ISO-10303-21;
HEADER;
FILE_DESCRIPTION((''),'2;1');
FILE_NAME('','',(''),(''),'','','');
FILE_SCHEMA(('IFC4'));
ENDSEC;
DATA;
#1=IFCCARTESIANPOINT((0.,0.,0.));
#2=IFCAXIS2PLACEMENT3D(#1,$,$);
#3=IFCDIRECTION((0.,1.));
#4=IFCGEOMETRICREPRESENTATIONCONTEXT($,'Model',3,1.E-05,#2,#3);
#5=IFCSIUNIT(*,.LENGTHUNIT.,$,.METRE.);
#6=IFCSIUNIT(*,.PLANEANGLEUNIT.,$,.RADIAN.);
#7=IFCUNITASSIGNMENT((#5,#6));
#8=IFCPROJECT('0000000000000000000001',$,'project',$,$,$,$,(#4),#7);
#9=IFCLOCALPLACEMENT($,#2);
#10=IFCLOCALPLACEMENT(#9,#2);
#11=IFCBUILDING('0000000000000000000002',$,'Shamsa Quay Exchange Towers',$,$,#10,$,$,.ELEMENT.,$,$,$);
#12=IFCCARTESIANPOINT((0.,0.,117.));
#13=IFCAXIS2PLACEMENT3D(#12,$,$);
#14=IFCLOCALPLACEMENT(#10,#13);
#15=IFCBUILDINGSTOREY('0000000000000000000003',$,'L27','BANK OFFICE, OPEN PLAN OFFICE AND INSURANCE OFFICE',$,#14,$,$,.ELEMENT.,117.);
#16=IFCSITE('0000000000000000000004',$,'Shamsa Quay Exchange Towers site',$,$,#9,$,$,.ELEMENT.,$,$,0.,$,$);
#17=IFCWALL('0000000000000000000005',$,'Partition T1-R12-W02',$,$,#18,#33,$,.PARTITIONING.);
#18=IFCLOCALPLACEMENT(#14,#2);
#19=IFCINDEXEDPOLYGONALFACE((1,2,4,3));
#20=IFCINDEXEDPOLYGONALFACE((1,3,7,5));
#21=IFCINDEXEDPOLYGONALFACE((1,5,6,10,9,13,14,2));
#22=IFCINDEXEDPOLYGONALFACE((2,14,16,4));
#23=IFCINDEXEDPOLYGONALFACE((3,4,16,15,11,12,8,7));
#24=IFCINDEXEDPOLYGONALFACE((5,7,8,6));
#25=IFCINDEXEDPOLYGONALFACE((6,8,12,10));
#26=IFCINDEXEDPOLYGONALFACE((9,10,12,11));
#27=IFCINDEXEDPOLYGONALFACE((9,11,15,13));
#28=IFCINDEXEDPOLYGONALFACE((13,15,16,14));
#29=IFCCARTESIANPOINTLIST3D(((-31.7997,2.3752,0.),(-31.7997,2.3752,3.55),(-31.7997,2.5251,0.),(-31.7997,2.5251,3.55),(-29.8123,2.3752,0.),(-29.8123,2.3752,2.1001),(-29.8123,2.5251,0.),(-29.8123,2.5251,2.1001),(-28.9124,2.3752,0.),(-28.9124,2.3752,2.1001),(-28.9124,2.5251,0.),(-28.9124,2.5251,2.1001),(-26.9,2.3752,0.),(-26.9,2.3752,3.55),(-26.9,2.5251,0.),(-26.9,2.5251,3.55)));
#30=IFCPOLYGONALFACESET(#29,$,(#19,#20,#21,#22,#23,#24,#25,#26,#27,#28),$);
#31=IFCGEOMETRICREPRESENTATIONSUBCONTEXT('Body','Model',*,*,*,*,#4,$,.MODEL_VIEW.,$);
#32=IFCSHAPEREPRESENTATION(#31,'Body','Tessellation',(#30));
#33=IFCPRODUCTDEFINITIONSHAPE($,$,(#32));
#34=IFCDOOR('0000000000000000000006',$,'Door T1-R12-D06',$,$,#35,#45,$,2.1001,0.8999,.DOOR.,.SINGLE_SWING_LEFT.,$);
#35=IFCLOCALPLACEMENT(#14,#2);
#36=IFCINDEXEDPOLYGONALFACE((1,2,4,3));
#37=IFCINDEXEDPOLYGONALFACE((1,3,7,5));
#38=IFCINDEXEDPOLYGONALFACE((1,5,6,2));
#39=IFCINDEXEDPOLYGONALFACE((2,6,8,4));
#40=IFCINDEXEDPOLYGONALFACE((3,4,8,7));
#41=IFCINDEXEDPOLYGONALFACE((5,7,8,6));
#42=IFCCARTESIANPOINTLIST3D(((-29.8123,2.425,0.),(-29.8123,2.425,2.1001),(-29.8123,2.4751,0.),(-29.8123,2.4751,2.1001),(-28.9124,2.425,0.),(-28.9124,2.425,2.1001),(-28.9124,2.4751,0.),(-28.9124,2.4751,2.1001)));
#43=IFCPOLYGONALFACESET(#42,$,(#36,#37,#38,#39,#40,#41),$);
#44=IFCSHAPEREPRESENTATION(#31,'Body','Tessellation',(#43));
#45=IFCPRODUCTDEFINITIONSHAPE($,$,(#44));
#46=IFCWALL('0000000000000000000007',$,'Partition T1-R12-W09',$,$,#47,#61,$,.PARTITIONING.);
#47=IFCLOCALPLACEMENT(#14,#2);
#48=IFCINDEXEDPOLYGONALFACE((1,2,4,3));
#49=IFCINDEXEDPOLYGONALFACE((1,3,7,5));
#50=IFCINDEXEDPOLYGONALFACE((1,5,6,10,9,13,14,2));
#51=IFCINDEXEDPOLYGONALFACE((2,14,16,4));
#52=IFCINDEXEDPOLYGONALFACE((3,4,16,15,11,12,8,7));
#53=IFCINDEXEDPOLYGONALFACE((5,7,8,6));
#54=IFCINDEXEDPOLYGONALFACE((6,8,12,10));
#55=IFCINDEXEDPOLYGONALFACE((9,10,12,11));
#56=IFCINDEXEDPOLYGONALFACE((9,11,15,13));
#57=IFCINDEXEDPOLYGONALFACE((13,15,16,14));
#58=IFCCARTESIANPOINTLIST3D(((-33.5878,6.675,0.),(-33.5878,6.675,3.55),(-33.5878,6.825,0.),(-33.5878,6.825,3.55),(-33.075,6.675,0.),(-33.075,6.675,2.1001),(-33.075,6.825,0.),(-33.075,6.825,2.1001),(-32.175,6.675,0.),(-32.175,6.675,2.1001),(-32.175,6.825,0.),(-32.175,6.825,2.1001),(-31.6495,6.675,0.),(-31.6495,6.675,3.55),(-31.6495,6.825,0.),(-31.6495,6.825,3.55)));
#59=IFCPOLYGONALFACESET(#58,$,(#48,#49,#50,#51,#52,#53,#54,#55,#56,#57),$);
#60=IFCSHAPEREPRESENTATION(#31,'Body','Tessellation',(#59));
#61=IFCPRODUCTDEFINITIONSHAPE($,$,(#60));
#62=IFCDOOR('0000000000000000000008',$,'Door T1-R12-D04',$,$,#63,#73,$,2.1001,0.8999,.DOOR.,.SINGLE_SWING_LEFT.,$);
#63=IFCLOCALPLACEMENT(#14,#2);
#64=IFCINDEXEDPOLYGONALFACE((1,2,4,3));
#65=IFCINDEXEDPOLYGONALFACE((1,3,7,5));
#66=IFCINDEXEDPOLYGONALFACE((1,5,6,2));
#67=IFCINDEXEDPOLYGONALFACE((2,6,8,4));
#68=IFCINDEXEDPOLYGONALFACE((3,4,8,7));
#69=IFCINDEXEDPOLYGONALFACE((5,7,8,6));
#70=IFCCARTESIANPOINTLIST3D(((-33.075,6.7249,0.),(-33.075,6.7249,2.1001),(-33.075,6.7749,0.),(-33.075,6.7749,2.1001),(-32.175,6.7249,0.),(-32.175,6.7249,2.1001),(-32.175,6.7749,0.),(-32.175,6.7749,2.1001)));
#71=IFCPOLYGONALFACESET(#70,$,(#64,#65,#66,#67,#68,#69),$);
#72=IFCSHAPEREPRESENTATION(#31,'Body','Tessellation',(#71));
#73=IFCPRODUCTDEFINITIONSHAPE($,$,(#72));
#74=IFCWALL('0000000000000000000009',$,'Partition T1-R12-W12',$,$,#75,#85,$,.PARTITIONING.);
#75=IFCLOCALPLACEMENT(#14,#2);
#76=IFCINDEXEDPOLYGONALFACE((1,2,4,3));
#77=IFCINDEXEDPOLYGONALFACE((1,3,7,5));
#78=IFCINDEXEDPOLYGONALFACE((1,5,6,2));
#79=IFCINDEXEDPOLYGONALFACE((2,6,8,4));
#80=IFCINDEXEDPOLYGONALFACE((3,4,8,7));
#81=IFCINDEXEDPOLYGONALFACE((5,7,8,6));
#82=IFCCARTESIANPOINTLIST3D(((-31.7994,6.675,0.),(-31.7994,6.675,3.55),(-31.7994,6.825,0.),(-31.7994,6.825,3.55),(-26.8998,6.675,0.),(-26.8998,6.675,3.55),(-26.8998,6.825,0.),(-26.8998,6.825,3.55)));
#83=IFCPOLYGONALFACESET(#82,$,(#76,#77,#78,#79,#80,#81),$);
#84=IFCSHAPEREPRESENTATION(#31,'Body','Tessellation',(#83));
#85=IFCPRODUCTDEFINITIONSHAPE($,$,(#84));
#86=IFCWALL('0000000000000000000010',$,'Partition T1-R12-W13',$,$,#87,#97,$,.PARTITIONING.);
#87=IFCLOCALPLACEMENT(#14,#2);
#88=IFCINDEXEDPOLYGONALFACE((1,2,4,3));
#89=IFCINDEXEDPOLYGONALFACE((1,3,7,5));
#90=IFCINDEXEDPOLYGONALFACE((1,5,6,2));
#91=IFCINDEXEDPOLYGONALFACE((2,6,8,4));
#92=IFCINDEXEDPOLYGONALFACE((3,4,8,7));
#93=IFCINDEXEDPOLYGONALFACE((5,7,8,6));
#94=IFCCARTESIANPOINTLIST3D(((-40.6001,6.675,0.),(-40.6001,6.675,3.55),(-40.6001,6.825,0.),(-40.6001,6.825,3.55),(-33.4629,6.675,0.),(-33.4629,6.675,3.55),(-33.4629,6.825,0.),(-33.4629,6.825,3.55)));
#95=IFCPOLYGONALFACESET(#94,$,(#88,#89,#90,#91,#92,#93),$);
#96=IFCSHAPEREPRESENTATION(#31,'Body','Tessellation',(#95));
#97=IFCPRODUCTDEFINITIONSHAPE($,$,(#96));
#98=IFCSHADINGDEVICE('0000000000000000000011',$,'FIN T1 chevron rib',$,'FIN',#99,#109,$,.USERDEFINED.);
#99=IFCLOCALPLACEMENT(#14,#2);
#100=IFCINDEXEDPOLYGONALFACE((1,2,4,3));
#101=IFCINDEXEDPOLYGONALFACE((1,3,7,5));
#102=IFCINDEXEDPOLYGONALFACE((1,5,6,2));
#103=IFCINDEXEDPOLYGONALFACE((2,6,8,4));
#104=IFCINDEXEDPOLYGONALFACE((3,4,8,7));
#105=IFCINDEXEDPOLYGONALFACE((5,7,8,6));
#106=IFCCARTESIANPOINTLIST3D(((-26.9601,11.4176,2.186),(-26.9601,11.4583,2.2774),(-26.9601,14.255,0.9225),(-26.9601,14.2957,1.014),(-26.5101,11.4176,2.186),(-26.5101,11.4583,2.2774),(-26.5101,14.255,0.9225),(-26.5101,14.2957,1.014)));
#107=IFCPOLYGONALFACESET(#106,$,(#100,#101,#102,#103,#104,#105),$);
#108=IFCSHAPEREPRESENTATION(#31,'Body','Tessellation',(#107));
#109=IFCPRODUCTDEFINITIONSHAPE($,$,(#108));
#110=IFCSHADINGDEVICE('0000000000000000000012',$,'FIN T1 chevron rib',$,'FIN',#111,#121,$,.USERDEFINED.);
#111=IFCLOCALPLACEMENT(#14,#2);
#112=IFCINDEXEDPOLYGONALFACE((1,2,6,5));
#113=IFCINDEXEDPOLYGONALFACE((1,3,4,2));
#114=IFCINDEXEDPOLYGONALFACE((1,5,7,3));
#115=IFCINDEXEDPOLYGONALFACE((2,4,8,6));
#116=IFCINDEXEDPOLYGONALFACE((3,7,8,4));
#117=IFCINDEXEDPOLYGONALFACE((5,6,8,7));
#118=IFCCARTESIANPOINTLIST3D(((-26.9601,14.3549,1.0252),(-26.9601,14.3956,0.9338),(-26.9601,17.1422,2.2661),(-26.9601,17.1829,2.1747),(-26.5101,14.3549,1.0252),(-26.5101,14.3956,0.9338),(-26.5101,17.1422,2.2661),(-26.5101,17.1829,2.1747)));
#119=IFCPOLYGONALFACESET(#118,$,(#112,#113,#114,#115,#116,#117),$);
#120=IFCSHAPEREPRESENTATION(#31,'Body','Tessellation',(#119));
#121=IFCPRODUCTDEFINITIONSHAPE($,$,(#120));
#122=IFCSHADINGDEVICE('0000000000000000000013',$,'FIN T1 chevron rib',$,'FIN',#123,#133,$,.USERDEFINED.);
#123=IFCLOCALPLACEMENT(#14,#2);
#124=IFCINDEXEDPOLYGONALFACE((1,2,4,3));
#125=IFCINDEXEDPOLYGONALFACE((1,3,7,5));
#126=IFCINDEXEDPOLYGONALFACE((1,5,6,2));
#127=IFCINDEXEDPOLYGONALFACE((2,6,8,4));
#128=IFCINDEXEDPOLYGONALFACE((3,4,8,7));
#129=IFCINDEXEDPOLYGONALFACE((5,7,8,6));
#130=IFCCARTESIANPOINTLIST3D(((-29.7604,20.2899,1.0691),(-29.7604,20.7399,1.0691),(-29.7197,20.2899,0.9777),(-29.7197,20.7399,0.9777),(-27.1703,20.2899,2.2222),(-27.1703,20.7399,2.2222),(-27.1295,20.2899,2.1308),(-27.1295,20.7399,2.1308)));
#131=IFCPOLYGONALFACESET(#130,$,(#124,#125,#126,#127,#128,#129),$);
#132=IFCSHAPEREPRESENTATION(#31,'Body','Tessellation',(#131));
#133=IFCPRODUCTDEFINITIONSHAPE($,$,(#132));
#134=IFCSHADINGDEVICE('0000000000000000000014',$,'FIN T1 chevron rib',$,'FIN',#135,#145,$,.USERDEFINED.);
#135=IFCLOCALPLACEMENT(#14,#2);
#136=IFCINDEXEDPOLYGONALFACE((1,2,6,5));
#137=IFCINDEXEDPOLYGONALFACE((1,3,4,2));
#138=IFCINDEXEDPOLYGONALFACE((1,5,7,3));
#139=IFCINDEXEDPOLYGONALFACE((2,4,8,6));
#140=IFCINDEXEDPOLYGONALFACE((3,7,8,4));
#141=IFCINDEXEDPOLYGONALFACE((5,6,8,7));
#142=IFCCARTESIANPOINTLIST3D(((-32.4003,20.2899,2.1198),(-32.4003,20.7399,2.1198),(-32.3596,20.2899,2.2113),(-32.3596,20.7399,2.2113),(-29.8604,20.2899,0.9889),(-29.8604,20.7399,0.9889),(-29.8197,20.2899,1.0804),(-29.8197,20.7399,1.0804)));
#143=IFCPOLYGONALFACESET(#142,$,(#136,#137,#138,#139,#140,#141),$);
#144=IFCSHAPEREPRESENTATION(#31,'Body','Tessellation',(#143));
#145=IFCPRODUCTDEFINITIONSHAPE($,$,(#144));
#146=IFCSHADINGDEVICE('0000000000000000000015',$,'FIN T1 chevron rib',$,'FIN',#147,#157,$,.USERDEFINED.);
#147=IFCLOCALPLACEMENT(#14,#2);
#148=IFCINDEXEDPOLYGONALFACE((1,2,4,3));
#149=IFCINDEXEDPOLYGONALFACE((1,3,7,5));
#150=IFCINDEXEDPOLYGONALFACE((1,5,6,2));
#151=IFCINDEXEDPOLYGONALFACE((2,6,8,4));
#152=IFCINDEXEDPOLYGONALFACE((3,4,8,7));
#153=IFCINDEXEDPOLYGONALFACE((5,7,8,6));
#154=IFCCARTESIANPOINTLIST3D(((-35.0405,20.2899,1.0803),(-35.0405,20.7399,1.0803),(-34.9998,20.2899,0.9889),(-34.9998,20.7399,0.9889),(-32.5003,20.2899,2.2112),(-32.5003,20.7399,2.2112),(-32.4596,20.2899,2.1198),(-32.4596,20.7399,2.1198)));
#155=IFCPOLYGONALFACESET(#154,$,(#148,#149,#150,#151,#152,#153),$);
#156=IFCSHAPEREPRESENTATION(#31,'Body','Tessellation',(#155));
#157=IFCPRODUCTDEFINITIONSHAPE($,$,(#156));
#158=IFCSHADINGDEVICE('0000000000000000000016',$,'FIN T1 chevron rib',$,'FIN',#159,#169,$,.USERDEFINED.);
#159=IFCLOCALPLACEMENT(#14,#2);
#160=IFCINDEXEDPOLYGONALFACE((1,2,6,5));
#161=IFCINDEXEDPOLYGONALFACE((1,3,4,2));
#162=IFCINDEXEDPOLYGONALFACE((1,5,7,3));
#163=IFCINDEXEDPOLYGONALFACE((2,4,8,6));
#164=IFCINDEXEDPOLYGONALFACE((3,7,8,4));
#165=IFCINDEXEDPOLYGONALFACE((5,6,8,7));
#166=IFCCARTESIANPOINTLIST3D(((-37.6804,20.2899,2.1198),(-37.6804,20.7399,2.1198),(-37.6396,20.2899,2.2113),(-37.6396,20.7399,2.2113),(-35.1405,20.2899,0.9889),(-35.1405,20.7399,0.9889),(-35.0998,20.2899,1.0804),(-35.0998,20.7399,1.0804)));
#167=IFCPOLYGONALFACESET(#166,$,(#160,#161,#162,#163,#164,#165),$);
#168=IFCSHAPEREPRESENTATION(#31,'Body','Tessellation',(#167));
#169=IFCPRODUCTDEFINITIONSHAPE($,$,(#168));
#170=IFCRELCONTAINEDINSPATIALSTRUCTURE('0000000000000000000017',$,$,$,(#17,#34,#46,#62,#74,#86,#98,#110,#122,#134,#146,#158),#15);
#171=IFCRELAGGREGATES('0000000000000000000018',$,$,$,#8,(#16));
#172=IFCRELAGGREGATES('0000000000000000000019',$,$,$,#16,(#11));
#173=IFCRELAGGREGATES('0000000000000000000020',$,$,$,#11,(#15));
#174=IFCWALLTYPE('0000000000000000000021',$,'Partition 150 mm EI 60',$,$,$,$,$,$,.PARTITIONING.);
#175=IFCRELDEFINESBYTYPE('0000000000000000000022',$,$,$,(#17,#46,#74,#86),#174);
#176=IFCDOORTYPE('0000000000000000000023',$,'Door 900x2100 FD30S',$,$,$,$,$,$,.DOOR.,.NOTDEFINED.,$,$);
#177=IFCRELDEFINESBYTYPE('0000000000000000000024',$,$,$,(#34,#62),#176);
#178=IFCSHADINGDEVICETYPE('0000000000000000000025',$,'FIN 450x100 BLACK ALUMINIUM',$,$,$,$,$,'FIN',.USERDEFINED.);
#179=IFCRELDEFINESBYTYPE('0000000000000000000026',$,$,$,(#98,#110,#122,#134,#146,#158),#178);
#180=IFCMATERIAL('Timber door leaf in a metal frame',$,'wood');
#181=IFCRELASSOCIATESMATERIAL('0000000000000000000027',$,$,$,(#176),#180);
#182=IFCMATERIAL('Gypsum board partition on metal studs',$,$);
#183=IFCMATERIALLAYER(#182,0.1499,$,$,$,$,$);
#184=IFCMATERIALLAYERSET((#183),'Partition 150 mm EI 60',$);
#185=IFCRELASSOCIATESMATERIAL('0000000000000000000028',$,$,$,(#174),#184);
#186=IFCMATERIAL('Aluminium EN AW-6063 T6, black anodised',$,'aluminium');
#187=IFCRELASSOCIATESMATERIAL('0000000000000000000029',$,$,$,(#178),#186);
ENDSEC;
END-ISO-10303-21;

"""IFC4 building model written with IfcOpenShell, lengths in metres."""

from ifc_helpers import new_model, si_unit, direction, frame, frame_2d, origin, origin_2d, place, context, subcontext, project, spatial, rectangle, extrude, material, layer, layer_set, material_profile, profile_set, type_object, element, fill, save


model = new_model("IFC4")

# Units and contexts
model_context = context("Model", 3, precision=1e-05, world=origin(), true_north=direction((0.0, 1.0)))
body_context = subcontext(model_context, "Body", "Model", "MODEL_VIEW")
ifc_project = project(units=[si_unit("LENGTHUNIT", "METRE"), si_unit("PLANEANGLEUNIT", "RADIAN")], contexts=[model_context])

# Site, building, storey
site_placement = place(None, origin())
site = spatial("IfcSite", under=ifc_project, at=site_placement, Name="Shamsa Quay Exchange Towers site", CompositionType="ELEMENT", RefElevation=0.0)
building_placement = place(site_placement, origin())
building = spatial("IfcBuilding", under=site, at=building_placement, Name="Shamsa Quay Exchange Towers", CompositionType="ELEMENT")
storey_placement = place(building_placement, frame((0.0, 0.0, 117.0)))
storey = spatial("IfcBuildingStorey", under=building, at=storey_placement, Name="L27", Description="BANK OFFICE, OPEN PLAN OFFICE AND INSURANCE OFFICE", CompositionType="ELEMENT", Elevation=117.0)

# Shared definitions
ifc_material_1 = material(Name="Aluminium EN AW-6063 T6, black anodised", Category="aluminium")

# Shared definitions
ifc_material_2 = material(Name="Timber door leaf in a metal frame", Category="wood")
door_type = type_object("IfcDoorType", Name="Door 900x2100 FD30S", OperationType="NOTDEFINED", PredefinedType="DOOR", material=ifc_material_2)

# Shared definitions
ifc_material_3 = material(Name="Gypsum board partition on metal studs")
ifc_layer_1 = layer(ifc_material_3, 0.1499)
ifc_layer_set_1 = layer_set([ifc_layer_1], Name="Partition 150 mm EI 60")
wall_type_1 = type_object("IfcWallType", Name="Partition 150 mm EI 60", PredefinedType="PARTITIONING", material=ifc_layer_set_1)

# Walls, openings, doors
wall_1_placement = place(storey_placement, frame((-31.7996, 2.4502, 0.0)))
wall_1 = element("IfcWall", 1, at=wall_1_placement, inside=storey, type_object=wall_type_1, Name="Partition T1-R12-W02", PredefinedType="PARTITIONING", context=body_context, shape_type="SweptSolid", body=[
    extrude(rectangle(XDim=4.8997, YDim=0.1499, at=frame_2d((2.4497, 0.0))), origin(), (0.0, 0.0, 1.0), 3.55),
])
opening_1_placement = place(wall_1_placement, frame((1.9873, 0.0, 0.0)))
opening_1 = element("IfcOpeningElement", 2, at=opening_1_placement, cuts=wall_1, PredefinedType="OPENING", context=body_context, shape_type="SweptSolid", body=[
    extrude(rectangle(XDim=0.8999, YDim=2.1001, at=frame_2d((0.45, 1.05))), frame((0.0, 0.085, 0.0), z_axis=(0.0, -1.0, 0.0), x_axis=(1.0, 0.0, 0.0)), (0.0, 0.0, 1.0), 0.1699),
])
door_1_placement = place(opening_1_placement, origin())
door_1 = element("IfcDoor", 3, at=door_1_placement, inside=storey, type_object=door_type, Name="Door T1-R12-D06", OperationType="SINGLE_SWING_LEFT", OverallHeight=2.1001, OverallWidth=0.8999, PredefinedType="DOOR", context=body_context, shape_type="SweptSolid", body=[
    extrude(rectangle(XDim=0.8999, YDim=2.1001, at=frame_2d((0.45, 1.05))), frame((0.0, 0.0249, 0.0), z_axis=(0.0, -1.0, 0.0), x_axis=(1.0, 0.0, 0.0)), (0.0, 0.0, 1.0), 0.05),
])
fill(opening_1, door_1)
wall_2_placement = place(storey_placement, frame((-33.5879, 6.75, 0.0)))
wall_2 = element("IfcWall", 4, at=wall_2_placement, inside=storey, type_object=wall_type_1, Name="Partition T1-R12-W09", PredefinedType="PARTITIONING", context=body_context, shape_type="SweptSolid", body=[
    extrude(rectangle(XDim=1.9382, YDim=0.1499, at=frame_2d((0.9692, 0.0))), origin(), (0.0, 0.0, 1.0), 3.55),
])
opening_2_placement = place(wall_2_placement, frame((0.5129, 0.0, 0.0)))
opening_2 = element("IfcOpeningElement", 5, at=opening_2_placement, cuts=wall_2, PredefinedType="OPENING", context=body_context, shape_type="SweptSolid", body=[
    extrude(rectangle(XDim=0.8999, YDim=2.1001, at=frame_2d((0.45, 1.05))), frame((0.0, 0.085, 0.0), z_axis=(0.0, -1.0, 0.0), x_axis=(1.0, 0.0, 0.0)), (0.0, 0.0, 1.0), 0.1699),
])
door_2_placement = place(opening_2_placement, origin())
door_2 = element("IfcDoor", 6, at=door_2_placement, inside=storey, type_object=door_type, Name="Door T1-R12-D04", OperationType="SINGLE_SWING_LEFT", OverallHeight=2.1001, OverallWidth=0.8999, PredefinedType="DOOR", context=body_context, shape_type="SweptSolid", body=[
    extrude(rectangle(XDim=0.8999, YDim=2.1001, at=frame_2d((0.45, 1.05))), frame((0.0, 0.0249, 0.0), z_axis=(0.0, -1.0, 0.0), x_axis=(1.0, 0.0, 0.0)), (0.0, 0.0, 1.0), 0.05),
])
fill(opening_2, door_2)

# Walls
wall_3_placement = place(storey_placement, frame((-26.8999, 6.75, 0.0), z_axis=(0.0, 0.0, 1.0), x_axis=(-1.0, 0.0, 0.0)))
element("IfcWall", 7, at=wall_3_placement, inside=storey, type_object=wall_type_1, Name="Partition T1-R12-W12", PredefinedType="PARTITIONING", context=body_context, shape_type="SweptSolid", body=[
    extrude(rectangle(XDim=4.8997, YDim=0.1499, at=frame_2d((2.4497, 0.0))), origin(), (0.0, 0.0, 1.0), 3.55),
])
wall_4_placement = place(storey_placement, frame((-33.4629, 6.75, 0.0), z_axis=(0.0, 0.0, 1.0), x_axis=(-1.0, 0.0, 0.0)))
element("IfcWall", 8, at=wall_4_placement, inside=storey, type_object=wall_type_1, Name="Partition T1-R12-W13", PredefinedType="PARTITIONING", context=body_context, shape_type="SweptSolid", body=[
    extrude(rectangle(XDim=7.1372, YDim=0.1499, at=frame_2d((3.5686, 0.0))), origin(), (0.0, 0.0, 1.0), 3.55),
])

# Shading devices
ifc_material_profile_1 = material_profile(ifc_material_1, rectangle(XDim=0.45, YDim=0.1001, at=origin_2d()), Name="FIN450x100")
ifc_profile_set_1 = profile_set([ifc_material_profile_1], Name="Aluminium EN AW-6063 T6, black anodised")
shading_device_type = type_object("IfcShadingDeviceType", Name="FIN 450x100 BLACK ALUMINIUM", ElementType="FIN", PredefinedType="USERDEFINED", material=ifc_profile_set_1)
shading_device_1_placement = place(storey_placement, frame((-26.7351, 11.438, 2.2317), z_axis=(0.0, 0.913529, -0.406773), x_axis=(-1.0, 0.0, 0.0)))
element("IfcShadingDevice", 9, at=shading_device_1_placement, inside=storey, type_object=shading_device_type, Name="FIN T1 chevron rib", ObjectType="FIN", PredefinedType="USERDEFINED", context=body_context, shape_type="SweptSolid", body=[
    extrude(rectangle(XDim=0.45, YDim=0.1001, at=origin_2d()), origin(), (0.0, 0.0, 1.0), 3.106),
])
shading_device_2_placement = place(storey_placement, frame((-26.7351, 14.3752, 0.9795), z_axis=(0.0, 0.913551, 0.406725), x_axis=(-1.0, 0.0, 0.0)))
element("IfcShadingDevice", 10, at=shading_device_2_placement, inside=storey, type_object=shading_device_type, Name="FIN T1 chevron rib", ObjectType="FIN", PredefinedType="USERDEFINED", context=body_context, shape_type="SweptSolid", body=[
    extrude(rectangle(XDim=0.45, YDim=0.1001, at=origin_2d()), origin(), (0.0, 0.0, 1.0), 3.051),
])
shading_device_3_placement = place(storey_placement, frame((-27.1499, 20.5149, 2.1765), z_axis=(-0.913559, 0.0, -0.406706), x_axis=(0.0, -1.0, 0.0)))
element("IfcShadingDevice", 11, at=shading_device_3_placement, inside=storey, type_object=shading_device_type, Name="FIN T1 chevron rib", ObjectType="FIN", PredefinedType="USERDEFINED", context=body_context, shape_type="SweptSolid", body=[
    extrude(rectangle(XDim=0.45, YDim=0.1001, at=origin_2d()), origin(), (0.0, 0.0, 1.0), 2.8352),
])
shading_device_4_placement = place(storey_placement, frame((-29.8401, 20.5149, 1.0347), z_axis=(-0.913536, 0.0, 0.406758), x_axis=(0.0, -1.0, 0.0)))
element("IfcShadingDevice", 12, at=shading_device_4_placement, inside=storey, type_object=shading_device_type, Name="FIN T1 chevron rib", ObjectType="FIN", PredefinedType="USERDEFINED", context=body_context, shape_type="SweptSolid", body=[
    extrude(rectangle(XDim=0.45, YDim=0.1001, at=origin_2d()), origin(), (0.0, 0.0, 1.0), 2.7803),
])
shading_device_5_placement = place(storey_placement, frame((-32.48, 20.5149, 2.1655), z_axis=(-0.913551, 0.0, -0.406725), x_axis=(0.0, -1.0, 0.0)))
element("IfcShadingDevice", 13, at=shading_device_5_placement, inside=storey, type_object=shading_device_type, Name="FIN T1 chevron rib", ObjectType="FIN", PredefinedType="USERDEFINED", context=body_context, shape_type="SweptSolid", body=[
    extrude(rectangle(XDim=0.45, YDim=0.1001, at=origin_2d()), origin(), (0.0, 0.0, 1.0), 2.7805),
])
shading_device_6_placement = place(storey_placement, frame((-35.1201, 20.5149, 1.0347), z_axis=(-0.913536, 0.0, 0.406758), x_axis=(0.0, -1.0, 0.0)))
element("IfcShadingDevice", 14, at=shading_device_6_placement, inside=storey, type_object=shading_device_type, Name="FIN T1 chevron rib", ObjectType="FIN", PredefinedType="USERDEFINED", context=body_context, shape_type="SweptSolid", body=[
    extrude(rectangle(XDim=0.45, YDim=0.1001, at=origin_2d()), origin(), (0.0, 0.0, 1.0), 2.7803),
])

save(model, "model.ifc")
